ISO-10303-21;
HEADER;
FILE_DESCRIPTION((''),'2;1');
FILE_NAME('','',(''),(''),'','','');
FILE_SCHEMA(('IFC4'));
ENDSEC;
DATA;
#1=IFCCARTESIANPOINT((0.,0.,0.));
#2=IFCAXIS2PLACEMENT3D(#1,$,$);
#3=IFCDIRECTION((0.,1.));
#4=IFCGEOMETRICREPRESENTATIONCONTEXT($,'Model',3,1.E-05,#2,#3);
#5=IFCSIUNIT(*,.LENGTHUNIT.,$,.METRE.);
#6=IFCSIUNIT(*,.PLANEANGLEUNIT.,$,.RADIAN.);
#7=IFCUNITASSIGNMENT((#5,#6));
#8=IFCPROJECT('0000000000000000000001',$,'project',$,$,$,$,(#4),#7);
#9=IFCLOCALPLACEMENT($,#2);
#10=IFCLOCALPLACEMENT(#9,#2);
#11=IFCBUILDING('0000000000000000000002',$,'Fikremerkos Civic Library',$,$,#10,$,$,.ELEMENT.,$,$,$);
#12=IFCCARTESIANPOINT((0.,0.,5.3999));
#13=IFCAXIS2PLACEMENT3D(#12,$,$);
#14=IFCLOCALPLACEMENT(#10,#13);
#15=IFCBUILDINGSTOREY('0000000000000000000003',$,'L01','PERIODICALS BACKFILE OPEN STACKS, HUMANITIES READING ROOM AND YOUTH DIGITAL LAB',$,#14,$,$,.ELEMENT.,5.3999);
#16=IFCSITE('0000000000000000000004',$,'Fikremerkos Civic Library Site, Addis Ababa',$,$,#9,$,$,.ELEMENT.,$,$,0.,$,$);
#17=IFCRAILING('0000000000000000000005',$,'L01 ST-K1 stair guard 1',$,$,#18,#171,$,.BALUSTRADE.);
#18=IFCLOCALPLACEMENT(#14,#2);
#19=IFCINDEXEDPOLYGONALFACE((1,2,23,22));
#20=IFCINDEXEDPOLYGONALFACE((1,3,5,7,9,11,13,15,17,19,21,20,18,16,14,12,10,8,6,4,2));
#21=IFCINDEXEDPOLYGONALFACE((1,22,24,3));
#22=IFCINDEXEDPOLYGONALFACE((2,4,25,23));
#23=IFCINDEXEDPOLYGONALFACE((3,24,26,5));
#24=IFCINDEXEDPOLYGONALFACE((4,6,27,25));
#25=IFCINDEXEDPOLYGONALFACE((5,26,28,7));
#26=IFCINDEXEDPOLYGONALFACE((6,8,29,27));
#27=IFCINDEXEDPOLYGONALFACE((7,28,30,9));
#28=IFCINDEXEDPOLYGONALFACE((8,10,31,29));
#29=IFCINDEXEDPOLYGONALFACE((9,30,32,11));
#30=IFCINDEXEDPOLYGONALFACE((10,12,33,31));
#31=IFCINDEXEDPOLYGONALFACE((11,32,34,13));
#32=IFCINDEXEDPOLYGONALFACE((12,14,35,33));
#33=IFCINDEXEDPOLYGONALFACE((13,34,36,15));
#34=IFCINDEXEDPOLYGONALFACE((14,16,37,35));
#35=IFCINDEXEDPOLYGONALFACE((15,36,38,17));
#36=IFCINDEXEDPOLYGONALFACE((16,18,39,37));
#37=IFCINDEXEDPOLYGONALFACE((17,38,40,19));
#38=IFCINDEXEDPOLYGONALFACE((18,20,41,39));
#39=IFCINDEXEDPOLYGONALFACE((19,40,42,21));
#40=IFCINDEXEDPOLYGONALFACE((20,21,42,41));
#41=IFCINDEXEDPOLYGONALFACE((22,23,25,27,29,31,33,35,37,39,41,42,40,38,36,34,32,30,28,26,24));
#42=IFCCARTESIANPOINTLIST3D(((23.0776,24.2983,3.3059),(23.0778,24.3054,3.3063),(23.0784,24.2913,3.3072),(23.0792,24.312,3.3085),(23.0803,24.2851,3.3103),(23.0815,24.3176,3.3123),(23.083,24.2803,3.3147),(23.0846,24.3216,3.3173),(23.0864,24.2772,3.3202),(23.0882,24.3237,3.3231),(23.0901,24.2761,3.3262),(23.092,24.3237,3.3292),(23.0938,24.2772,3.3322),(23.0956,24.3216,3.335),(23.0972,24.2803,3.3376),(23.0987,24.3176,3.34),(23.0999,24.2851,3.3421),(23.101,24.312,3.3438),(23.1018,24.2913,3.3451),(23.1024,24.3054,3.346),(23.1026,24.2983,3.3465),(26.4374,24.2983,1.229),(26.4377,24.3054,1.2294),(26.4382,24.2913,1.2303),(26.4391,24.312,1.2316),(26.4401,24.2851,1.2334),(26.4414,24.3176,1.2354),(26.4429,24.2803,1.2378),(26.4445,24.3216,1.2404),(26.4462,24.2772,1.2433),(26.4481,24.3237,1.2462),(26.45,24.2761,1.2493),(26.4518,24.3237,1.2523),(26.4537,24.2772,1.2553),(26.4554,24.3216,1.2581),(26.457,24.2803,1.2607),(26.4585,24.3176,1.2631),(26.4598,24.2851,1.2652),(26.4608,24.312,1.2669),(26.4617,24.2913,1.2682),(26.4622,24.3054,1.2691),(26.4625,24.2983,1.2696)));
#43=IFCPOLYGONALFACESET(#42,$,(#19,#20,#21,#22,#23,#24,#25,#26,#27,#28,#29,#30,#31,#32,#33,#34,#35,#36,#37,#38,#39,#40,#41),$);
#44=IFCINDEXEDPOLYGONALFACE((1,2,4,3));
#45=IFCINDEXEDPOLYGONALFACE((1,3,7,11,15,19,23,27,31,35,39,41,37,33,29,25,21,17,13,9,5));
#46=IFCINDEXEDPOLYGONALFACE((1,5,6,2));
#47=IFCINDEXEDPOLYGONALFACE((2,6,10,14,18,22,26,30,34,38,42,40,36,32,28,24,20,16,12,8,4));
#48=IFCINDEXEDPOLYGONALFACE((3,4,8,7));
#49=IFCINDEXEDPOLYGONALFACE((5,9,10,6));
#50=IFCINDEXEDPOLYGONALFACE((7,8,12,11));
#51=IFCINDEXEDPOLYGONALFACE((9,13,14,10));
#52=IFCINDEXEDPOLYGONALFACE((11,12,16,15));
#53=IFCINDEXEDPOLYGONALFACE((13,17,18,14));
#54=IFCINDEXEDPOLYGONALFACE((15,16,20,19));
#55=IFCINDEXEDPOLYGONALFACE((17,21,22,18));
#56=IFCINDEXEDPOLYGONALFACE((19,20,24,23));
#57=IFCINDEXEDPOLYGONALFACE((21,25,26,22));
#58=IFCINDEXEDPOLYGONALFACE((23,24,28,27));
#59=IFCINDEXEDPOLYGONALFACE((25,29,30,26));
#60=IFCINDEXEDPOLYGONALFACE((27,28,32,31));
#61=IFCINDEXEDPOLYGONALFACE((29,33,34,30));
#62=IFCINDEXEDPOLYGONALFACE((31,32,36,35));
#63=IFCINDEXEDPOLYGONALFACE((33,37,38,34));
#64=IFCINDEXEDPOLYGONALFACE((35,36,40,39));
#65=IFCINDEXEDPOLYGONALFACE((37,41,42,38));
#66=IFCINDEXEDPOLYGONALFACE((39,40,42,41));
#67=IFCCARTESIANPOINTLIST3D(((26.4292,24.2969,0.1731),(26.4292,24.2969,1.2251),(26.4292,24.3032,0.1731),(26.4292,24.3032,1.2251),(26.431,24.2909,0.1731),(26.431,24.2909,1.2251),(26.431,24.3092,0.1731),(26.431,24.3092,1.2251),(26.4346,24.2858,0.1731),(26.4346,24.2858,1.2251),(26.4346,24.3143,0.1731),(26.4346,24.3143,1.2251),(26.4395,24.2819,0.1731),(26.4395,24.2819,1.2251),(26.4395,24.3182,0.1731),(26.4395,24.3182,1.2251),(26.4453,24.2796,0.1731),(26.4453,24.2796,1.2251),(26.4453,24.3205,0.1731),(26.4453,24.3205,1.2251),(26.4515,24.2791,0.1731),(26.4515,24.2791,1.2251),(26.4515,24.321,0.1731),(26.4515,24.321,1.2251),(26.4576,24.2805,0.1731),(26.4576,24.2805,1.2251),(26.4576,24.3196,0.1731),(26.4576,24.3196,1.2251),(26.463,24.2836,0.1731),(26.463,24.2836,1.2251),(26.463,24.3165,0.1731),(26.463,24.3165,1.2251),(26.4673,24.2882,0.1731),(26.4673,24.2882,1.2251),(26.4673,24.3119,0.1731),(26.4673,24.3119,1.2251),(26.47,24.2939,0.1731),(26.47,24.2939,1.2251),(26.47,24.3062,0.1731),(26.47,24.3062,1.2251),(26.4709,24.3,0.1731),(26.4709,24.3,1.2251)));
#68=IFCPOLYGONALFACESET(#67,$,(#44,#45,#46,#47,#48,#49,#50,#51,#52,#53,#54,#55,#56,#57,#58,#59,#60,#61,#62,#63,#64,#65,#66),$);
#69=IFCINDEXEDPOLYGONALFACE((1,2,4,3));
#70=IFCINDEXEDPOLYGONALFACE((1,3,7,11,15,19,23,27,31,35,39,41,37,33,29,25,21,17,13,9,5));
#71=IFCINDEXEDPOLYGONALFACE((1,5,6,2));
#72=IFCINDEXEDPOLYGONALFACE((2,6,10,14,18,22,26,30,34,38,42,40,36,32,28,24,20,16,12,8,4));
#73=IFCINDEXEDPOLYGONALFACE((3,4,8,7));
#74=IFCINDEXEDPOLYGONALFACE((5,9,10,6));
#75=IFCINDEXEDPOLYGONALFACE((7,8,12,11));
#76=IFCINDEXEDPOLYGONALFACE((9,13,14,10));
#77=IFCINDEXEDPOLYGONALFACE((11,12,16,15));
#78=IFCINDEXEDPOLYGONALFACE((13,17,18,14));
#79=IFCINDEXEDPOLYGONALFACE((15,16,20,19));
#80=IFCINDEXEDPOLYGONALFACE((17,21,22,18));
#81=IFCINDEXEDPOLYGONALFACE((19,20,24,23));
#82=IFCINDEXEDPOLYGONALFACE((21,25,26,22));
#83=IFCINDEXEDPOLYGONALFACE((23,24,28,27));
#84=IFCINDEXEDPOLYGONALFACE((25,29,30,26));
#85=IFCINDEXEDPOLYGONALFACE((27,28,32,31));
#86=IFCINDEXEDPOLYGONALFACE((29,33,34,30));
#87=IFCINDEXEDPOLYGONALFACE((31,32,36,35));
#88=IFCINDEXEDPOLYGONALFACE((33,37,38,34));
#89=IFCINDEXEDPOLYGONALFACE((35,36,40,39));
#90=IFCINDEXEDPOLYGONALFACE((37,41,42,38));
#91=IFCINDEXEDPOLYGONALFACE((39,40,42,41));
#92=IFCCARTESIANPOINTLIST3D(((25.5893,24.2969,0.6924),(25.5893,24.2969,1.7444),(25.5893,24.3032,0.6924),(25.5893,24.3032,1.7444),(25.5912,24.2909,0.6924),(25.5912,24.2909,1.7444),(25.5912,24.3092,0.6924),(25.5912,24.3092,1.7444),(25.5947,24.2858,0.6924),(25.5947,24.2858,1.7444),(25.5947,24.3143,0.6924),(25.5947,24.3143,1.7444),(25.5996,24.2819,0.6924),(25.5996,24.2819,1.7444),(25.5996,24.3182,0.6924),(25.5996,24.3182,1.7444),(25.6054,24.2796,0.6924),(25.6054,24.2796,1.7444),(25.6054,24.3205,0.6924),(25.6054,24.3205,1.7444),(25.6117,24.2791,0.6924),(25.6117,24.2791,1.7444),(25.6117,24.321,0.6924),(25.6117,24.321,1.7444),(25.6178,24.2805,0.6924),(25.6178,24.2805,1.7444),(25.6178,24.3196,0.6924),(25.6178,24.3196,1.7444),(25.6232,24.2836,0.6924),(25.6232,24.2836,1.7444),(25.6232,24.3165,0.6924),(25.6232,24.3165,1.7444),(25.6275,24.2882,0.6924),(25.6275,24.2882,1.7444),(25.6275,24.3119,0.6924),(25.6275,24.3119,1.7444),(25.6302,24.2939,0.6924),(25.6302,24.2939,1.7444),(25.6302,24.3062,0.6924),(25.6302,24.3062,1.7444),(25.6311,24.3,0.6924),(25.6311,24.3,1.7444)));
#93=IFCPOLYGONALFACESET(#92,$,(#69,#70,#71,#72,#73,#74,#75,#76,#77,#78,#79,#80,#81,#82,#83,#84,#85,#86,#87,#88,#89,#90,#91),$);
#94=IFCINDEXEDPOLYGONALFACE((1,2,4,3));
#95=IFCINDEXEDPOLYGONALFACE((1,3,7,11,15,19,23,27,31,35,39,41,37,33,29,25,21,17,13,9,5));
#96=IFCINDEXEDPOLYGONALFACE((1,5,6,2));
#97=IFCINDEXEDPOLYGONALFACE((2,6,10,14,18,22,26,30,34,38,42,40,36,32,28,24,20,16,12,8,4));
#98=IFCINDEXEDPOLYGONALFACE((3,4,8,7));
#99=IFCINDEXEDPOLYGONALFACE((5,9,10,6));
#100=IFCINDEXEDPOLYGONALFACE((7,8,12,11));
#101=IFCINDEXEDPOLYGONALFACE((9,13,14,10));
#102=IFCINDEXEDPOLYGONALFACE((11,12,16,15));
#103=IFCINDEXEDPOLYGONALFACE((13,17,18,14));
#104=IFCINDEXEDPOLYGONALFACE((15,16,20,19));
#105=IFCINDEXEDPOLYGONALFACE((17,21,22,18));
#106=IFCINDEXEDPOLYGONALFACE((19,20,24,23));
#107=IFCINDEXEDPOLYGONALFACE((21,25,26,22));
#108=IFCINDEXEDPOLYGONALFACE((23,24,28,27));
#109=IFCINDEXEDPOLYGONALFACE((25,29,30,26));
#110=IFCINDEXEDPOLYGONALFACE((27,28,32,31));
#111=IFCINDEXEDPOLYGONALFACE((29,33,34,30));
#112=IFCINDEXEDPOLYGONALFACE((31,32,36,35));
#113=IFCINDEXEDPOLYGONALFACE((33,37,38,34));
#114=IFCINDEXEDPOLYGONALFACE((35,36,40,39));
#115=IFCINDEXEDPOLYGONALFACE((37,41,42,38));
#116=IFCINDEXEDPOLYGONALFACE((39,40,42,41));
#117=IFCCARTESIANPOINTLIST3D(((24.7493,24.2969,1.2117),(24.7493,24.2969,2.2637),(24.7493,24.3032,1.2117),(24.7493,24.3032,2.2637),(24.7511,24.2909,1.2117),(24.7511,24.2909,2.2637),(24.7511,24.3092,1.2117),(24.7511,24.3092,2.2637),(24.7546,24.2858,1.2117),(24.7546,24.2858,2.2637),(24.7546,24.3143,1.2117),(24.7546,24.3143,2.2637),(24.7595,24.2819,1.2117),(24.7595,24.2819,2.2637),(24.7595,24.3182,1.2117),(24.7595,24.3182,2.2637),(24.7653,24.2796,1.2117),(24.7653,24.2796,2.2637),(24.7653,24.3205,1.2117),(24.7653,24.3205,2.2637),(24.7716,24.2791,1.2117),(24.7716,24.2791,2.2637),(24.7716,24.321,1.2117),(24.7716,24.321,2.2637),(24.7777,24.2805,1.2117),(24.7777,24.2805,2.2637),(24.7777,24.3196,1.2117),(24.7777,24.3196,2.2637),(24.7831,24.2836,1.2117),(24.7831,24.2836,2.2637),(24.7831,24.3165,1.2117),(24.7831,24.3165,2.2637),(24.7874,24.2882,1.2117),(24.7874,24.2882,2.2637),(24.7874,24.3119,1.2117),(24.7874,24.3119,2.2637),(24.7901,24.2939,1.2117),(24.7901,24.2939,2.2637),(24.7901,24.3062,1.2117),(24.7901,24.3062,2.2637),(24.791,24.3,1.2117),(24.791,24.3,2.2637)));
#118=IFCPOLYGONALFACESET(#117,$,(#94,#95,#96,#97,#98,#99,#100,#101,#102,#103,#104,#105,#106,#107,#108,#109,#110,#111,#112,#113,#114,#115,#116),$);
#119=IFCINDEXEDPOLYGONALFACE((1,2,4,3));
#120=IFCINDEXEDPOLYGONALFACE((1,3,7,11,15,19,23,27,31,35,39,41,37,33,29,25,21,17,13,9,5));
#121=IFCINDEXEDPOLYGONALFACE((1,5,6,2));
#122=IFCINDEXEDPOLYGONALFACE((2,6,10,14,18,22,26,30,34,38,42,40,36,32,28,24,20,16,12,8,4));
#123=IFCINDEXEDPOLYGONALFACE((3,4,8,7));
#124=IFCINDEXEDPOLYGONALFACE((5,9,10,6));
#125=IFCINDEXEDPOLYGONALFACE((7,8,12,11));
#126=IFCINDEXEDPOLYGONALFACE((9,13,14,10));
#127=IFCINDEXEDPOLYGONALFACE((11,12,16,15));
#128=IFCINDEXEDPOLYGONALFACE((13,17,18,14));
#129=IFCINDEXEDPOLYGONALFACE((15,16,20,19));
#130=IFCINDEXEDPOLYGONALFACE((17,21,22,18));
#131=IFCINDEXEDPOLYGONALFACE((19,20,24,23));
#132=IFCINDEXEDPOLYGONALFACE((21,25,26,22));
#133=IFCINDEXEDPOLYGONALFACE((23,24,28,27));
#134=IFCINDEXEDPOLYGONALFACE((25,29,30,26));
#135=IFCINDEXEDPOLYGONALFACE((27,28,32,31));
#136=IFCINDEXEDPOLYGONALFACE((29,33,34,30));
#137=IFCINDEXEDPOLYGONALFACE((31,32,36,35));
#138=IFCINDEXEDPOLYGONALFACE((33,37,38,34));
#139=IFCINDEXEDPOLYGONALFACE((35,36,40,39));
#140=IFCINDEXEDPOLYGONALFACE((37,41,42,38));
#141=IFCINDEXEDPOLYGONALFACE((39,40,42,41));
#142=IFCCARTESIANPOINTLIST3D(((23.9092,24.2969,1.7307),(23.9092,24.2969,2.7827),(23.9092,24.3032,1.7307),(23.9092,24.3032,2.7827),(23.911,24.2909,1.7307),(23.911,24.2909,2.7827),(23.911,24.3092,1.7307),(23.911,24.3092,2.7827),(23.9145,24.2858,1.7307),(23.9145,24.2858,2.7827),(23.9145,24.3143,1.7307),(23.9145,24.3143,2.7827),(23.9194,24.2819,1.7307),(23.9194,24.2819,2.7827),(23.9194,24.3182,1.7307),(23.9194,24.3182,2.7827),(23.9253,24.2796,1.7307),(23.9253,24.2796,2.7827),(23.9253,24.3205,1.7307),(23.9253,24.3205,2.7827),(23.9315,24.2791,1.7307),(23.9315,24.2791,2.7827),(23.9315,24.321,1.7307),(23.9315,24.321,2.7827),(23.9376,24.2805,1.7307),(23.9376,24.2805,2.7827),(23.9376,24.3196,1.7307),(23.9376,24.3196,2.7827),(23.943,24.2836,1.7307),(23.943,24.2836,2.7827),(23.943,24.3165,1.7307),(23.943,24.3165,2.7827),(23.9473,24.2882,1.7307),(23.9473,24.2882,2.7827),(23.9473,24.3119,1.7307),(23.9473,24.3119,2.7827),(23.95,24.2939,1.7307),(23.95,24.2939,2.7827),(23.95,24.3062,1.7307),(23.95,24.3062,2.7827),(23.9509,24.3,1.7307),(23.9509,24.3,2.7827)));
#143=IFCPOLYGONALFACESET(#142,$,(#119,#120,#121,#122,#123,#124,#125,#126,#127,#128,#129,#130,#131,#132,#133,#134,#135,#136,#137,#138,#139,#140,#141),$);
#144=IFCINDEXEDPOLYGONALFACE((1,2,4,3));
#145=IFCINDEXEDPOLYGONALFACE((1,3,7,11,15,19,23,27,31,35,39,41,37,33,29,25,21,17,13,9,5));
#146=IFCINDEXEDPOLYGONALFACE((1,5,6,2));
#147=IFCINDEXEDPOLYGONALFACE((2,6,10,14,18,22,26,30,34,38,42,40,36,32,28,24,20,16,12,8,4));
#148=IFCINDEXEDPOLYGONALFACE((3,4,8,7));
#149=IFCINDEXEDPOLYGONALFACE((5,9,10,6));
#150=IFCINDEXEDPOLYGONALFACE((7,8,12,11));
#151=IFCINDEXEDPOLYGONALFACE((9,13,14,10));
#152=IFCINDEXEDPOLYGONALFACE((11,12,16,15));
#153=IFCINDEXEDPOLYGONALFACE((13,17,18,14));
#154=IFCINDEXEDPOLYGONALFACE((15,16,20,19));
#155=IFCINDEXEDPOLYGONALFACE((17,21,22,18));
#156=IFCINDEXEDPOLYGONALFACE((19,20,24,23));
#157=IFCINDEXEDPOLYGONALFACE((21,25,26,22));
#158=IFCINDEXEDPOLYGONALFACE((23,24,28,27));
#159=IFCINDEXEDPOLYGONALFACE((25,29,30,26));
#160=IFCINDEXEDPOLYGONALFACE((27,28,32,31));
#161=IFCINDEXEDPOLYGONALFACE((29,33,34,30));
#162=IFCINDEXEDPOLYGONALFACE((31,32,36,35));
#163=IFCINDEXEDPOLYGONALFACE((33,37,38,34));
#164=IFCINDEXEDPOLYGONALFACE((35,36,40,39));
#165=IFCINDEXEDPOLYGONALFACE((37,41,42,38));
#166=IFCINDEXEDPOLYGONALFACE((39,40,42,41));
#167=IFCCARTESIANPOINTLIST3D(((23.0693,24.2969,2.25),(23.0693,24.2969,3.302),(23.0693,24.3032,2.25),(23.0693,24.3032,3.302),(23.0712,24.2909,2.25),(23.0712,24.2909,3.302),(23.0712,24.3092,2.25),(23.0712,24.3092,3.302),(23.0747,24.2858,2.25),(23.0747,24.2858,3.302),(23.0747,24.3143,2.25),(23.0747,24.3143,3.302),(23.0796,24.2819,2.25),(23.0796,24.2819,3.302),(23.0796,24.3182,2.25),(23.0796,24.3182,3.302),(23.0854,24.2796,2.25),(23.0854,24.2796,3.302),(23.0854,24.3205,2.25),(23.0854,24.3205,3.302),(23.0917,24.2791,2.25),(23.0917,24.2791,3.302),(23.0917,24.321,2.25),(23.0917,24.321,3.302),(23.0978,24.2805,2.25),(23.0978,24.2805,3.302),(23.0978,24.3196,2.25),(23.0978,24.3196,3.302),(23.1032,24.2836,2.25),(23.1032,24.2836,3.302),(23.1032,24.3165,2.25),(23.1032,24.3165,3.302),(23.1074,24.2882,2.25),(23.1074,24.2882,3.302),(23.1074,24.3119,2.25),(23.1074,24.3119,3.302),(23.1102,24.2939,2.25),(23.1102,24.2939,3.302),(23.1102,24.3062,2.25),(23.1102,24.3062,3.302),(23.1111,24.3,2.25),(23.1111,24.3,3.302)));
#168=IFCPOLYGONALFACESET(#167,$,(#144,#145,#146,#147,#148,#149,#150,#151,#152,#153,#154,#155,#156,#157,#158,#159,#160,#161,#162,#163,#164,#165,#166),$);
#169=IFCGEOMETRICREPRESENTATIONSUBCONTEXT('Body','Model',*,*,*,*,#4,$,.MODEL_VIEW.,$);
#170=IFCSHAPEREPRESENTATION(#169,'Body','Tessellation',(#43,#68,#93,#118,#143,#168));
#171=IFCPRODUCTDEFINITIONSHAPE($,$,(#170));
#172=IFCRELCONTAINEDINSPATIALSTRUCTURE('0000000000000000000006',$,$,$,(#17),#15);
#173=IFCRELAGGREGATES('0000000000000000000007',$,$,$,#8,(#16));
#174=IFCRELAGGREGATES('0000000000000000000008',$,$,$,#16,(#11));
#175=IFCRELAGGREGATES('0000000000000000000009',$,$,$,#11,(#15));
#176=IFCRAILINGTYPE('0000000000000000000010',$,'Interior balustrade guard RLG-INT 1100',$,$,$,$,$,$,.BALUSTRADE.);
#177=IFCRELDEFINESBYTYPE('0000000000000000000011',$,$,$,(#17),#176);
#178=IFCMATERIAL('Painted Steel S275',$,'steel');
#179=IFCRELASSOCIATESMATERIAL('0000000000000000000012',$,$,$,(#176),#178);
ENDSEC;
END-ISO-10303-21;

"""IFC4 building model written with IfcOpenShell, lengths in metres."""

from ifc_helpers import new_model, si_unit, direction, frame, origin, origin_2d, place, context, subcontext, project, spatial, circle, extrude, material, type_object, element, save


model = new_model("IFC4")

# Units and contexts
model_context = context("Model", 3, precision=1e-05, world=origin(), true_north=direction((0.0, 1.0)))
body_context = subcontext(model_context, "Body", "Model", "MODEL_VIEW")
ifc_project = project(units=[si_unit("LENGTHUNIT", "METRE"), si_unit("PLANEANGLEUNIT", "RADIAN")], contexts=[model_context])

# Site, building, storey
site_placement = place(None, origin())
site = spatial("IfcSite", under=ifc_project, at=site_placement, Name="Fikremerkos Civic Library Site, Addis Ababa", CompositionType="ELEMENT", RefElevation=0.0)
building_placement = place(site_placement, origin())
building = spatial("IfcBuilding", under=site, at=building_placement, Name="Fikremerkos Civic Library", CompositionType="ELEMENT")
storey_placement = place(building_placement, frame((0.0, 0.0, 5.3999)))
storey = spatial("IfcBuildingStorey", under=building, at=storey_placement, Name="L01", Description="PERIODICALS BACKFILE OPEN STACKS, HUMANITIES READING ROOM AND YOUTH DIGITAL LAB", CompositionType="ELEMENT", Elevation=5.3999)

# Railing
ifc_material_1 = material(Name="Painted Steel S275", Category="steel")
railing_type_1 = type_object("IfcRailingType", Name="Interior balustrade guard RLG-INT 1100", PredefinedType="BALUSTRADE", material=ifc_material_1)
railing_1_placement = place(storey_placement, frame((26.45, 24.3, 0.1731)))
element("IfcRailing", 1, at=railing_1_placement, inside=storey, type_object=railing_type_1, Name="L01 ST-K1 stair guard 1", PredefinedType="BALUSTRADE", context=body_context, shape_type="SweptSolid", body=[
    extrude(circle(Radius=0.0239, at=origin_2d()), frame((0.0, 0.0, 1.0762), z_axis=(-0.850606, 0.0, 0.525803), x_axis=(0.0, -1.0, 0.0)), (0.0, 0.0, 1.0), 3.95),
    extrude(circle(Radius=0.021, at=origin_2d()), origin(), (0.0, 0.0, 1.0), 1.052),
    extrude(circle(Radius=0.021, at=origin_2d()), frame((-0.8398, 0.0, 0.5193)), (0.0, 0.0, 1.0), 1.052),
    extrude(circle(Radius=0.021, at=origin_2d()), frame((-1.6799, 0.0, 1.0386)), (0.0, 0.0, 1.0), 1.052),
    extrude(circle(Radius=0.021, at=origin_2d()), frame((-2.52, 0.0, 1.5576)), (0.0, 0.0, 1.0), 1.052),
    extrude(circle(Radius=0.021, at=origin_2d()), frame((-3.3599, 0.0, 2.0769)), (0.0, 0.0, 1.0), 1.052),
])

save(model, "model.ifc")
